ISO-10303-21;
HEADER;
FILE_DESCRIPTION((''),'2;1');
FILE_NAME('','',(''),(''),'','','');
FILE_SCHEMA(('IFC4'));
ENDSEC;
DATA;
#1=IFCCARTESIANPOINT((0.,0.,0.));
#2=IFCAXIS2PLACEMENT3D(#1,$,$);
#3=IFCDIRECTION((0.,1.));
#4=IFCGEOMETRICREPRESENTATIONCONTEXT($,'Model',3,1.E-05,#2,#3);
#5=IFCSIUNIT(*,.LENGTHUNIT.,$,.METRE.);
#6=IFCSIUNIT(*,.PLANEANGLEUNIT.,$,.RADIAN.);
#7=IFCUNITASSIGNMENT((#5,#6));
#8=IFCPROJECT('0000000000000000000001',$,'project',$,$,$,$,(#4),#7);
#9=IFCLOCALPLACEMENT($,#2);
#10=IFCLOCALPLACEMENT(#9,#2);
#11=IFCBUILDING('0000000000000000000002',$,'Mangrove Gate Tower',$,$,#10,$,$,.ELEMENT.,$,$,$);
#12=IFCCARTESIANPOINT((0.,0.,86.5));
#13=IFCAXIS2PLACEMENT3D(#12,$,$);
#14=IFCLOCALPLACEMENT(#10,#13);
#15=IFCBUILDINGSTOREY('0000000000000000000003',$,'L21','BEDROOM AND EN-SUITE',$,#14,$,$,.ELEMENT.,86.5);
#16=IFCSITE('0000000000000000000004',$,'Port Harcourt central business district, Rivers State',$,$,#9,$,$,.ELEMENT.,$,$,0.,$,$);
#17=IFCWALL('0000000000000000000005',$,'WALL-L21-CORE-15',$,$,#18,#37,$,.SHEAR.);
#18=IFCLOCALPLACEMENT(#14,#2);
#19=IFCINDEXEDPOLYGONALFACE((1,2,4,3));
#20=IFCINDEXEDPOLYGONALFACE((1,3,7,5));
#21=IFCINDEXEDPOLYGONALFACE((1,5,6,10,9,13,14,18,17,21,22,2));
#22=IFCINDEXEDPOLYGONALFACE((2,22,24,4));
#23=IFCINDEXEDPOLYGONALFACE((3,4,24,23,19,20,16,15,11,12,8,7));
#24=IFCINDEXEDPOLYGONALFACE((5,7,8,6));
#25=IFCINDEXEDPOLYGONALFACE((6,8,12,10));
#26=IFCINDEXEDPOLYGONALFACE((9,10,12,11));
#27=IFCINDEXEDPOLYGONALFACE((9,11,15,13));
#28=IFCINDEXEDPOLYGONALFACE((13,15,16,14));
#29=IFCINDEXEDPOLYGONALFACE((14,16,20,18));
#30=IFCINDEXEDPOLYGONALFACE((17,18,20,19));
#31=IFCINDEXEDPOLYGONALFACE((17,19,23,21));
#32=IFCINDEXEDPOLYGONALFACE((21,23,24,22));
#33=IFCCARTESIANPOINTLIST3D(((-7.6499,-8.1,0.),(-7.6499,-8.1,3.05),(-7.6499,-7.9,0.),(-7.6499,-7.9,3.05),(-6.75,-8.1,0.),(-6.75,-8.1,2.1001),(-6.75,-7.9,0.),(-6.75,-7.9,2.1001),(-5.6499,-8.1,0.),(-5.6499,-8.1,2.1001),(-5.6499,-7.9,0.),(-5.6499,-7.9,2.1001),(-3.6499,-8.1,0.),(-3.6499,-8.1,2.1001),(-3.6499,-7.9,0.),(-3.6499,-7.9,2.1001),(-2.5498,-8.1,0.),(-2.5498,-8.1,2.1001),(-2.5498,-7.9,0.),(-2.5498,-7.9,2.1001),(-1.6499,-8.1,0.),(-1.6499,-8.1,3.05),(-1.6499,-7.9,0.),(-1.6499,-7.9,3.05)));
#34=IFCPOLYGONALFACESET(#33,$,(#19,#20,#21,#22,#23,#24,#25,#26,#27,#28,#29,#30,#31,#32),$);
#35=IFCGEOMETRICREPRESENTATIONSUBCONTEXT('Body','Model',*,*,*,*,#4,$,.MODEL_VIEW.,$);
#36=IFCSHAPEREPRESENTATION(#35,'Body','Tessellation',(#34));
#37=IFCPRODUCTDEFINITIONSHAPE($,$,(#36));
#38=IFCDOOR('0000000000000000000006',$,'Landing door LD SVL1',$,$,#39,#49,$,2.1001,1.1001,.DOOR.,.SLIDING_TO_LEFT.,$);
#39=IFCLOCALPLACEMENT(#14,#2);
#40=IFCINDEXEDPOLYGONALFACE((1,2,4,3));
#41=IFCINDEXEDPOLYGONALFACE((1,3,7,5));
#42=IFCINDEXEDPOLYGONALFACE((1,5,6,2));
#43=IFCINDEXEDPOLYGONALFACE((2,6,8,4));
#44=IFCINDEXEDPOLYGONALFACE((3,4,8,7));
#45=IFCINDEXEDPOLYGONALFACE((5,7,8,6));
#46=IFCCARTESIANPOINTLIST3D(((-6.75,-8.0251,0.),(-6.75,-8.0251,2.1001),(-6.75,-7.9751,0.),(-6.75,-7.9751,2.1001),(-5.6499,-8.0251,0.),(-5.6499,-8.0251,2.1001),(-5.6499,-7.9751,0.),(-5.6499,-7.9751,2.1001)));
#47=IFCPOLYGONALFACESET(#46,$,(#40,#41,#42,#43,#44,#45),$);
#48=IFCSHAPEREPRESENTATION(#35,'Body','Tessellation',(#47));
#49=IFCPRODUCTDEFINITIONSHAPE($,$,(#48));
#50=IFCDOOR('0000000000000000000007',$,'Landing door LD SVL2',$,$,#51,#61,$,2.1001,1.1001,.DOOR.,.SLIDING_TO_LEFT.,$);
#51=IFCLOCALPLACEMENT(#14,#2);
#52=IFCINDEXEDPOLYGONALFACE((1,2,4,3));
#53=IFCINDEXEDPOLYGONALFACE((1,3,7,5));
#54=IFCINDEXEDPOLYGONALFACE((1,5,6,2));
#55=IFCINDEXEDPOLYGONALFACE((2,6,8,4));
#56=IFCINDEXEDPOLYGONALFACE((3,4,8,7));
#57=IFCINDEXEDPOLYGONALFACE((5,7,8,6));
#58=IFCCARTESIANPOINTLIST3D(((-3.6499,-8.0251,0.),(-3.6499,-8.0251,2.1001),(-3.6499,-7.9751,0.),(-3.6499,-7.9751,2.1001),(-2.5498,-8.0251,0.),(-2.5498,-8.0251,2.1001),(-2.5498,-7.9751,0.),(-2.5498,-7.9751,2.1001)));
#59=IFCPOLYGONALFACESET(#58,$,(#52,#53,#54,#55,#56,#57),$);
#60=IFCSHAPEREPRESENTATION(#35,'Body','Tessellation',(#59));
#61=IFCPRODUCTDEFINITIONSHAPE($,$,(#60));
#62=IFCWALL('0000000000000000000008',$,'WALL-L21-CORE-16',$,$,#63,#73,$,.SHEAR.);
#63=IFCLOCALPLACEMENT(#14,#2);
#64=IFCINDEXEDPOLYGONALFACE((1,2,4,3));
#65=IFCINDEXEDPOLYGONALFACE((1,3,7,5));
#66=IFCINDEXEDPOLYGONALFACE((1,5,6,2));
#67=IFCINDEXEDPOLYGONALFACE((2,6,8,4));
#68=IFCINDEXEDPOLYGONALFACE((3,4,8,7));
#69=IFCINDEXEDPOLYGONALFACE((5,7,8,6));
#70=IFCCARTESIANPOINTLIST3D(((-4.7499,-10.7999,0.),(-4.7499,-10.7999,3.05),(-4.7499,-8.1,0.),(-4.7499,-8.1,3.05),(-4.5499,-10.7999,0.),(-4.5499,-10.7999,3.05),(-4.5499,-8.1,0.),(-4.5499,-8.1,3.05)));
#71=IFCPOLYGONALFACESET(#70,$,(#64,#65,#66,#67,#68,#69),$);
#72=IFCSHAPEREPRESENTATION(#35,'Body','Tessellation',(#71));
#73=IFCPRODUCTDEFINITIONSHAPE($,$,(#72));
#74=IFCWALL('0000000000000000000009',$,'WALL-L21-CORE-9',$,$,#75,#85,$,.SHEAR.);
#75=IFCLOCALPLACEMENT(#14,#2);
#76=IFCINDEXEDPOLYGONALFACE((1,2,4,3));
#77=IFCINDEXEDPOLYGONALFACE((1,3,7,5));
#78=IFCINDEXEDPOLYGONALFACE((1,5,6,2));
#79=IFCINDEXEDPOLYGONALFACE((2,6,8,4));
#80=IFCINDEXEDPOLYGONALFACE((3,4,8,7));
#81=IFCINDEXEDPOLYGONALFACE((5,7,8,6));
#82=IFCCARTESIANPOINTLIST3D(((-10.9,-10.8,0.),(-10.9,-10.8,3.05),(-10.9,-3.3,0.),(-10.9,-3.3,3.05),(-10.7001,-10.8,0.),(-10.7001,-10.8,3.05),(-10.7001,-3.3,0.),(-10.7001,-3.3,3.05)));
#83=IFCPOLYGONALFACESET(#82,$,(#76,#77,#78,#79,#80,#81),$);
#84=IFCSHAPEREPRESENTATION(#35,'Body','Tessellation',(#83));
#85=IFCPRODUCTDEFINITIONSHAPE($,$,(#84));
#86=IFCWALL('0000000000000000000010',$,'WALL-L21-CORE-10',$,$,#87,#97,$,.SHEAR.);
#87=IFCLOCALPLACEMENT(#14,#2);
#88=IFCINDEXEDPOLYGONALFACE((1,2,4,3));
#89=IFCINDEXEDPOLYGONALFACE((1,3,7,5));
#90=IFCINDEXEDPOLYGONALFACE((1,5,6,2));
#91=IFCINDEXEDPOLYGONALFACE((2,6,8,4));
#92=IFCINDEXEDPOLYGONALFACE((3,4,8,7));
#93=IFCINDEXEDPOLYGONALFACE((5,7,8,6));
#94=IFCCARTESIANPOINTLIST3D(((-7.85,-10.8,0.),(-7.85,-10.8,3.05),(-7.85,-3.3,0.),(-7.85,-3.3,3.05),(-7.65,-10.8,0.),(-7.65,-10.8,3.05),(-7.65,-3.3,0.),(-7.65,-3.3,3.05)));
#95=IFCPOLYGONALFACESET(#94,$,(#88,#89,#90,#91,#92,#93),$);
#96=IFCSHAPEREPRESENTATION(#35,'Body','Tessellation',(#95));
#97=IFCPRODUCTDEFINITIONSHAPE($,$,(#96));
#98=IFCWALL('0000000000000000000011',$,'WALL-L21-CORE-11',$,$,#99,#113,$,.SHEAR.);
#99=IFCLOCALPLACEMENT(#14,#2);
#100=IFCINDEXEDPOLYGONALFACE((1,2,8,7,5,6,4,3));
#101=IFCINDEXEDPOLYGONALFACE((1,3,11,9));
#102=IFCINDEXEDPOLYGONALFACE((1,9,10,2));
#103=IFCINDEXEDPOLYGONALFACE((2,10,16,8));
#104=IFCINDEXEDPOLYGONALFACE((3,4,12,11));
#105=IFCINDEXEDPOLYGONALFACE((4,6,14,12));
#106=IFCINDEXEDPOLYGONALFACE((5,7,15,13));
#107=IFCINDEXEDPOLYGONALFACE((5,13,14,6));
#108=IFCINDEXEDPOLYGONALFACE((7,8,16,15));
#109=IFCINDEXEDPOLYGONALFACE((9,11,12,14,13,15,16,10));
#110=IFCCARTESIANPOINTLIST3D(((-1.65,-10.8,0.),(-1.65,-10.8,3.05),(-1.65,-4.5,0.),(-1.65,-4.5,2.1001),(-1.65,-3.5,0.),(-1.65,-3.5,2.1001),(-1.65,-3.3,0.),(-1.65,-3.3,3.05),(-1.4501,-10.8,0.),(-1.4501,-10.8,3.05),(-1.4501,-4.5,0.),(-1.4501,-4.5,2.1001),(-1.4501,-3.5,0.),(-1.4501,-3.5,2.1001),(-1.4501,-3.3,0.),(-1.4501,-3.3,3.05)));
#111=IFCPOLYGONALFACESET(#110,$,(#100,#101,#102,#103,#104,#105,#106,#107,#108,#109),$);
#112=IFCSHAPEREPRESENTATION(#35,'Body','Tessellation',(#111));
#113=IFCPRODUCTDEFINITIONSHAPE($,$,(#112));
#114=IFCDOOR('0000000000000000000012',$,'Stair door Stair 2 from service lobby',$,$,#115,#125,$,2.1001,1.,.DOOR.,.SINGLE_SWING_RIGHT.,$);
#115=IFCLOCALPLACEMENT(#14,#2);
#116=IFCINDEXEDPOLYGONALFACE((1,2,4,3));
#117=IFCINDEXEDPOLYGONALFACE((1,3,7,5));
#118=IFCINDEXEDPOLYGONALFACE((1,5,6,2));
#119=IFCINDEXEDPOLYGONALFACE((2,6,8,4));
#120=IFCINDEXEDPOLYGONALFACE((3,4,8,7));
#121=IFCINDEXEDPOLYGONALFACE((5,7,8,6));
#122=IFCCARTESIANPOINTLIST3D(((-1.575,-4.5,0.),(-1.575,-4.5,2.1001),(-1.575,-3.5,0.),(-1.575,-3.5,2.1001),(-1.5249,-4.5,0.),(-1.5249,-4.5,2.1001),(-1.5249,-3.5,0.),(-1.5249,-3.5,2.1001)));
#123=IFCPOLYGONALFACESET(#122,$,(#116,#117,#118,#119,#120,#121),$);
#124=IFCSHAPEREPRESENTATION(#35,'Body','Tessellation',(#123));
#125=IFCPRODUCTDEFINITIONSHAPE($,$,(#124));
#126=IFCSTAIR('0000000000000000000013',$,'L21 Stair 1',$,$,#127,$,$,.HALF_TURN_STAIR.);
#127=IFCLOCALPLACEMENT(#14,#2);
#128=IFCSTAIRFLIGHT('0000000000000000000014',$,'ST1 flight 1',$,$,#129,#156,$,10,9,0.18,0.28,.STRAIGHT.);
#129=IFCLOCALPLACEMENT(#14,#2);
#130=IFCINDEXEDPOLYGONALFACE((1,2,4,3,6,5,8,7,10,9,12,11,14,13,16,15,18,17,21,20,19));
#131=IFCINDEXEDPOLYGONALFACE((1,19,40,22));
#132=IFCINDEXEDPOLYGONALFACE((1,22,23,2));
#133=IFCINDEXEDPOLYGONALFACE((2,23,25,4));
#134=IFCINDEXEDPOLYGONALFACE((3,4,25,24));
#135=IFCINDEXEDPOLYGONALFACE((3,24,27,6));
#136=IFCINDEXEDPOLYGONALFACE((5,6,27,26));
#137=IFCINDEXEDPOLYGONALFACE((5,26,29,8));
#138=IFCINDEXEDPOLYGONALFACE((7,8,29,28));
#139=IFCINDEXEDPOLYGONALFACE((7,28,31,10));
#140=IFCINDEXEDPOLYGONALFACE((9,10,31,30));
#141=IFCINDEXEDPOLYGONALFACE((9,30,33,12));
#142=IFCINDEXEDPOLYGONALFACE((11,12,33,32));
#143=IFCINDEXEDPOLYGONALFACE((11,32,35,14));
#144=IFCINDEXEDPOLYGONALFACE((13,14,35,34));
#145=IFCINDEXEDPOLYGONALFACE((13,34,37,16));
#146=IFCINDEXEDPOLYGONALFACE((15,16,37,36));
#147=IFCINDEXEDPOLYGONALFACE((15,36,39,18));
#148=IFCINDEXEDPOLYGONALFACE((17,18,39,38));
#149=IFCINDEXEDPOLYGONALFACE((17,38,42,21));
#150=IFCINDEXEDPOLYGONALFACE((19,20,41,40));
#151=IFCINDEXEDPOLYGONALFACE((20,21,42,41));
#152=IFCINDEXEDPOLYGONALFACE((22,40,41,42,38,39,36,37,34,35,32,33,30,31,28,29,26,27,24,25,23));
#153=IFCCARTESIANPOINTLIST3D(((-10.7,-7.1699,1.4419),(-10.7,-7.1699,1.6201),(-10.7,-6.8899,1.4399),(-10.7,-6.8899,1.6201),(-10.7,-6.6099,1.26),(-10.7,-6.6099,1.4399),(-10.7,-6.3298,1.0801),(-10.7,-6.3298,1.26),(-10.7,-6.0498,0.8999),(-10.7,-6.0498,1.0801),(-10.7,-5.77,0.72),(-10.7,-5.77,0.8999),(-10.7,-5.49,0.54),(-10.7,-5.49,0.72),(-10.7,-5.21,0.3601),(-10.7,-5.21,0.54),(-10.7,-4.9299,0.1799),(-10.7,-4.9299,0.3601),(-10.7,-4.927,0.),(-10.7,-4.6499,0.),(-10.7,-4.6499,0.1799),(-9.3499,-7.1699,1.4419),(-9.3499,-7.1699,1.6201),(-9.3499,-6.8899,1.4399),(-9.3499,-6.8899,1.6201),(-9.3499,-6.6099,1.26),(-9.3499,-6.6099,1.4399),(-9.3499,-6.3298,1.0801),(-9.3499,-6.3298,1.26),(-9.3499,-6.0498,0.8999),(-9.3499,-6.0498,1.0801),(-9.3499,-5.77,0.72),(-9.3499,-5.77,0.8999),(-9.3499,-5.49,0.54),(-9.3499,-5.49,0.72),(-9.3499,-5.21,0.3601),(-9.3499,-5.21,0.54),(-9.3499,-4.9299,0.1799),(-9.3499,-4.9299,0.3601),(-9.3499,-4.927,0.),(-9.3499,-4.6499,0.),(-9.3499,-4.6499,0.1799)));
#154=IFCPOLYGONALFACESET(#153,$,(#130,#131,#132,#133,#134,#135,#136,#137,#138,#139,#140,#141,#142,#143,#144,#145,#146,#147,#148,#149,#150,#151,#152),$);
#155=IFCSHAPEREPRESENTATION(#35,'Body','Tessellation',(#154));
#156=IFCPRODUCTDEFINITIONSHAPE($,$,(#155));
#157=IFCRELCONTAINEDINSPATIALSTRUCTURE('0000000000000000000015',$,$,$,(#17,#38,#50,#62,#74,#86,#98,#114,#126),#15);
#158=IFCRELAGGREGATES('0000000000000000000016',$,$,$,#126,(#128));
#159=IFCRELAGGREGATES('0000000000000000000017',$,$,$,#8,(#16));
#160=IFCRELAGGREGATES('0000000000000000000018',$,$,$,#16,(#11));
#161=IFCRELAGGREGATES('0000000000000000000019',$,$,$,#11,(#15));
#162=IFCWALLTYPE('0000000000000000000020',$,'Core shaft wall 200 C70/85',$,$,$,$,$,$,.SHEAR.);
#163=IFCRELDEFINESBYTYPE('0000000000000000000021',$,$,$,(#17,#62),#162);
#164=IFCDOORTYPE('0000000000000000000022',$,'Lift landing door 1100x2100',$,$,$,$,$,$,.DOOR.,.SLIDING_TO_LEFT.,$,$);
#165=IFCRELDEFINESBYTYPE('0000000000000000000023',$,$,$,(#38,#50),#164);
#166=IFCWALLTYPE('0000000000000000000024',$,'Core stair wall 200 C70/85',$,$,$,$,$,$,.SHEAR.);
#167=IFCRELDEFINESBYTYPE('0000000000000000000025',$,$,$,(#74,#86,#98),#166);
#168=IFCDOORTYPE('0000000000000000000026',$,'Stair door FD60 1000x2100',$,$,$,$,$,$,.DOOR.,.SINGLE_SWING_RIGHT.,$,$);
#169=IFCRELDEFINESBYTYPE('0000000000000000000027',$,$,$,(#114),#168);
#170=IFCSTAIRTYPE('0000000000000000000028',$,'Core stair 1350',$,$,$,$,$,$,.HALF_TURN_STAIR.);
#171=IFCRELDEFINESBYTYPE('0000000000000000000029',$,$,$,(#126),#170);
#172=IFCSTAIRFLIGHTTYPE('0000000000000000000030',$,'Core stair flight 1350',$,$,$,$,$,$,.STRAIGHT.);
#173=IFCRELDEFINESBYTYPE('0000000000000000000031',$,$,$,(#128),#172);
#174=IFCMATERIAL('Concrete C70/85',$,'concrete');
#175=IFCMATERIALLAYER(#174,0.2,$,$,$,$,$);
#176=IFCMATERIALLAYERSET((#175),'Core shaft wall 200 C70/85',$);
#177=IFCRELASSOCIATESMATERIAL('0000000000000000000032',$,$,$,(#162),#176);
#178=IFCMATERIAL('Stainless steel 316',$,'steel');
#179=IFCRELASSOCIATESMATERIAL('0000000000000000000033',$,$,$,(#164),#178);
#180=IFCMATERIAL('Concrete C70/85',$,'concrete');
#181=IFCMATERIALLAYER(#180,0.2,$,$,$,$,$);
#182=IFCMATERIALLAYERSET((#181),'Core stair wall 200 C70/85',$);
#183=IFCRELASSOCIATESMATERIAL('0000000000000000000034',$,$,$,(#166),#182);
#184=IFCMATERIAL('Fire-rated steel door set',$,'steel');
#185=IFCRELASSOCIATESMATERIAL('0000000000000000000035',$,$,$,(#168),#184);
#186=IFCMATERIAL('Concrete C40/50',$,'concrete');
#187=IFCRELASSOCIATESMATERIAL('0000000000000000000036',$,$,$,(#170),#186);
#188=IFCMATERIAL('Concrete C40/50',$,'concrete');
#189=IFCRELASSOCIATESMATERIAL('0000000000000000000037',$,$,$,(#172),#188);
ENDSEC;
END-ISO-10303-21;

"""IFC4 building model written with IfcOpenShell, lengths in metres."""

from ifc_helpers import new_model, si_unit, direction, frame, frame_2d, origin, place, context, subcontext, project, spatial, polyline, rectangle, outline, extrude, material, layer, layer_set, type_object, element, fill, aggregate, save


model = new_model("IFC4")

# Units and contexts
model_context = context("Model", 3, precision=1e-05, world=origin(), true_north=direction((0.0, 1.0)))
body_context = subcontext(model_context, "Body", "Model", "MODEL_VIEW")
ifc_project = project(units=[si_unit("LENGTHUNIT", "METRE"), si_unit("PLANEANGLEUNIT", "RADIAN")], contexts=[model_context])

# Site, building, storey
site_placement = place(None, origin())
site = spatial("IfcSite", under=ifc_project, at=site_placement, Name="Port Harcourt central business district, Rivers State", CompositionType="ELEMENT", RefElevation=0.0)
building_placement = place(site_placement, origin())
building = spatial("IfcBuilding", under=site, at=building_placement, Name="Mangrove Gate Tower", CompositionType="ELEMENT")
storey_placement = place(building_placement, frame((0.0, 0.0, 86.5)))
storey = spatial("IfcBuildingStorey", under=building, at=storey_placement, Name="L21", Description="BEDROOM AND EN-SUITE", CompositionType="ELEMENT", Elevation=86.5)

# Wall, openings, doors
ifc_material_1 = material(Name="Concrete C70/85", Category="concrete")
ifc_layer_1 = layer(ifc_material_1, 0.2)
ifc_layer_set_1 = layer_set([ifc_layer_1], Name="Core shaft wall 200 C70/85")
wall_type_1 = type_object("IfcWallType", Name="Core shaft wall 200 C70/85", PredefinedType="SHEAR", material=ifc_layer_set_1)
wall_1_placement = place(storey_placement, frame((-7.6499, -8.0, 0.0), z_axis=(0.0, 0.0, 1.0), x_axis=(1.0, 0.0, 0.0)))
wall_1 = element("IfcWall", 1, at=wall_1_placement, inside=storey, type_object=wall_type_1, Name="WALL-L21-CORE-15", PredefinedType="SHEAR", context=body_context, shape_type="SweptSolid", body=[
    extrude(rectangle(XDim=6.0, YDim=0.2, at=frame_2d((3.0, 0.0))), origin(), (0.0, 0.0, 1.0), 3.05),
])
opening_1_placement = place(wall_1_placement, frame((0.8999, 0.0, 0.0)))
opening_1 = element("IfcOpeningElement", 2, at=opening_1_placement, cuts=wall_1, PredefinedType="OPENING", context=body_context, shape_type="SweptSolid", body=[
    extrude(rectangle(XDim=1.1001, YDim=2.1001, at=frame_2d((0.55, 1.05))), frame((0.0, 0.1099, 0.0), z_axis=(0.0, -1.0, 0.0), x_axis=(1.0, 0.0, 0.0)), (0.0, 0.0, 1.0), 0.22),
])
opening_2_placement = place(wall_1_placement, frame((4.0, 0.0, 0.0)))
opening_2 = element("IfcOpeningElement", 3, at=opening_2_placement, cuts=wall_1, PredefinedType="OPENING", context=body_context, shape_type="SweptSolid", body=[
    extrude(rectangle(XDim=1.1001, YDim=2.1001, at=frame_2d((0.55, 1.05))), frame((0.0, 0.1099, 0.0), z_axis=(0.0, -1.0, 0.0), x_axis=(1.0, 0.0, 0.0)), (0.0, 0.0, 1.0), 0.22),
])
ifc_material_2 = material(Name="Stainless steel 316", Category="steel")
door_type_1 = type_object("IfcDoorType", Name="Lift landing door 1100x2100", OperationType="SLIDING_TO_LEFT", PredefinedType="DOOR", material=ifc_material_2)
door_1_placement = place(opening_1_placement, origin())
door_1 = element("IfcDoor", 4, at=door_1_placement, inside=storey, type_object=door_type_1, Name="Landing door LD SVL1", OperationType="SLIDING_TO_LEFT", OverallHeight=2.1001, OverallWidth=1.1001, PredefinedType="DOOR", context=body_context, shape_type="SweptSolid", body=[
    extrude(rectangle(XDim=1.1001, YDim=2.1001, at=frame_2d((0.55, 1.05))), frame((0.0, 0.0249, 0.0), z_axis=(0.0, -1.0, 0.0), x_axis=(1.0, 0.0, 0.0)), (0.0, 0.0, 1.0), 0.05),
])
fill(opening_1, door_1)
door_2_placement = place(opening_2_placement, origin())
door_2 = element("IfcDoor", 5, at=door_2_placement, inside=storey, type_object=door_type_1, Name="Landing door LD SVL2", OperationType="SLIDING_TO_LEFT", OverallHeight=2.1001, OverallWidth=1.1001, PredefinedType="DOOR", context=body_context, shape_type="SweptSolid", body=[
    extrude(rectangle(XDim=1.1001, YDim=2.1001, at=frame_2d((0.55, 1.05))), frame((0.0, 0.0249, 0.0), z_axis=(0.0, -1.0, 0.0), x_axis=(1.0, 0.0, 0.0)), (0.0, 0.0, 1.0), 0.05),
])
fill(opening_2, door_2)

# Walls
wall_2_placement = place(storey_placement, frame((-4.6499, -10.8, 0.0), z_axis=(0.0, 0.0, 1.0), x_axis=(0.0, 1.0, 0.0)))
element("IfcWall", 6, at=wall_2_placement, inside=storey, type_object=wall_type_1, Name="WALL-L21-CORE-16", PredefinedType="SHEAR", context=body_context, shape_type="SweptSolid", body=[
    extrude(rectangle(XDim=2.7, YDim=0.2, at=frame_2d((1.3501, 0.0))), origin(), (0.0, 0.0, 1.0), 3.05),
])
ifc_material_3 = material(Name="Concrete C70/85", Category="concrete")
ifc_layer_2 = layer(ifc_material_3, 0.2)
ifc_layer_set_2 = layer_set([ifc_layer_2], Name="Core stair wall 200 C70/85")
wall_type_2 = type_object("IfcWallType", Name="Core stair wall 200 C70/85", PredefinedType="SHEAR", material=ifc_layer_set_2)
for number, where, z_axis, x_axis, name in (
    (7, (-10.8, -10.8, 0.0), (0.0, 0.0, 1.0), (0.0, 1.0, 0.0), "WALL-L21-CORE-9"),
    (8, (-7.75, -10.8, 0.0), (0.0, 0.0, 1.0), (0.0, 1.0, 0.0), "WALL-L21-CORE-10"),
):
    element("IfcWall", number, at=place(storey_placement, frame(where, z_axis=z_axis, x_axis=x_axis)), inside=storey, type_object=wall_type_2, Name=name, PredefinedType="SHEAR", context=body_context, shape_type="SweptSolid", body=[
        extrude(rectangle(XDim=7.5, YDim=0.2, at=frame_2d((3.75, 0.0))), origin(), (0.0, 0.0, 1.0), 3.05),
    ])

# Wall, opening, door
wall_3_placement = place(storey_placement, frame((-1.55, -10.8, 0.0), z_axis=(0.0, 0.0, 1.0), x_axis=(0.0, 1.0, 0.0)))
wall_3 = element("IfcWall", 9, at=wall_3_placement, inside=storey, type_object=wall_type_2, Name="WALL-L21-CORE-11", PredefinedType="SHEAR", context=body_context, shape_type="SweptSolid", body=[
    extrude(rectangle(XDim=7.5, YDim=0.2, at=frame_2d((3.75, 0.0))), origin(), (0.0, 0.0, 1.0), 3.05),
])
opening_3_placement = place(wall_3_placement, frame((6.3, 0.0, 0.0)))
opening_3 = element("IfcOpeningElement", 10, at=opening_3_placement, cuts=wall_3, PredefinedType="OPENING", context=body_context, shape_type="SweptSolid", body=[
    extrude(rectangle(XDim=1.0, YDim=2.1001, at=frame_2d((0.5, 1.05))), frame((0.0, 0.1099, 0.0), z_axis=(0.0, -1.0, 0.0), x_axis=(1.0, 0.0, 0.0)), (0.0, 0.0, 1.0), 0.22),
])
ifc_material_4 = material(Name="Fire-rated steel door set", Category="steel")
door_type_2 = type_object("IfcDoorType", Name="Stair door FD60 1000x2100", OperationType="SINGLE_SWING_RIGHT", PredefinedType="DOOR", material=ifc_material_4)
door_3_placement = place(opening_3_placement, origin())
door_3 = element("IfcDoor", 11, at=door_3_placement, inside=storey, type_object=door_type_2, Name="Stair door Stair 2 from service lobby", OperationType="SINGLE_SWING_RIGHT", OverallHeight=2.1001, OverallWidth=1.0, PredefinedType="DOOR", context=body_context, shape_type="SweptSolid", body=[
    extrude(rectangle(XDim=1.0, YDim=2.1001, at=frame_2d((0.5, 1.05))), frame((0.0, 0.0249, 0.0), z_axis=(0.0, -1.0, 0.0), x_axis=(1.0, 0.0, 0.0)), (0.0, 0.0, 1.0), 0.05),
])
fill(opening_3, door_3)

# Stair, stair flight
ifc_material_5 = material(Name="Concrete C40/50", Category="concrete")
stair_type = type_object("IfcStairType", Name="Core stair 1350", PredefinedType="HALF_TURN_STAIR", material=ifc_material_5)
stair_1_placement = place(storey_placement, origin())
stair_1 = element("IfcStair", 12, at=stair_1_placement, inside=storey, type_object=stair_type, Name="L21 Stair 1", PredefinedType="HALF_TURN_STAIR")
ifc_material_6 = material(Name="Concrete C40/50", Category="concrete")
stair_flight_type = type_object("IfcStairFlightType", Name="Core stair flight 1350", PredefinedType="STRAIGHT", material=ifc_material_6)
stair_flight_1_placement = place(storey_placement, frame((-10.0249, -4.6499, 0.0), z_axis=(0.0, 0.0, 1.0), x_axis=(0.0, -1.0, 0.0)))
stair_flight_1 = element("IfcStairFlight", 13, at=stair_flight_1_placement, type_object=stair_flight_type, Name="ST1 flight 1", NumberOfRisers=10, NumberOfTreads=9, PredefinedType="STRAIGHT", RiserHeight=0.18, TreadLength=0.28, context=body_context, shape_type="SweptSolid", body=[
    extrude(outline(polyline([(0.0, 0.0), (0.0, 0.1799), (0.28, 0.1799), (0.28, 0.3601), (0.5601, 0.3601), (0.5601, 0.54), (0.8401, 0.54), (0.8401, 0.72), (1.1201, 0.72), (1.1201, 0.8999), (1.3999, 0.8999), (1.3999, 1.0801), (1.6799, 1.0801), (1.6799, 1.26), (1.96, 1.26), (1.96, 1.4399), (2.24, 1.4399), (2.24, 1.6201), (2.52, 1.6201), (2.52, 1.8), (2.52, 1.4419), (0.2771, 0.0), (0.0, 0.0)])), frame((0.0, 0.675, 0.0), z_axis=(0.0, -1.0, 0.0), x_axis=(1.0, 0.0, 0.0)), (0.0, 0.0, 1.0), 1.3501),
])
aggregate(stair_1, [stair_flight_1])

save(model, "model.ifc")
